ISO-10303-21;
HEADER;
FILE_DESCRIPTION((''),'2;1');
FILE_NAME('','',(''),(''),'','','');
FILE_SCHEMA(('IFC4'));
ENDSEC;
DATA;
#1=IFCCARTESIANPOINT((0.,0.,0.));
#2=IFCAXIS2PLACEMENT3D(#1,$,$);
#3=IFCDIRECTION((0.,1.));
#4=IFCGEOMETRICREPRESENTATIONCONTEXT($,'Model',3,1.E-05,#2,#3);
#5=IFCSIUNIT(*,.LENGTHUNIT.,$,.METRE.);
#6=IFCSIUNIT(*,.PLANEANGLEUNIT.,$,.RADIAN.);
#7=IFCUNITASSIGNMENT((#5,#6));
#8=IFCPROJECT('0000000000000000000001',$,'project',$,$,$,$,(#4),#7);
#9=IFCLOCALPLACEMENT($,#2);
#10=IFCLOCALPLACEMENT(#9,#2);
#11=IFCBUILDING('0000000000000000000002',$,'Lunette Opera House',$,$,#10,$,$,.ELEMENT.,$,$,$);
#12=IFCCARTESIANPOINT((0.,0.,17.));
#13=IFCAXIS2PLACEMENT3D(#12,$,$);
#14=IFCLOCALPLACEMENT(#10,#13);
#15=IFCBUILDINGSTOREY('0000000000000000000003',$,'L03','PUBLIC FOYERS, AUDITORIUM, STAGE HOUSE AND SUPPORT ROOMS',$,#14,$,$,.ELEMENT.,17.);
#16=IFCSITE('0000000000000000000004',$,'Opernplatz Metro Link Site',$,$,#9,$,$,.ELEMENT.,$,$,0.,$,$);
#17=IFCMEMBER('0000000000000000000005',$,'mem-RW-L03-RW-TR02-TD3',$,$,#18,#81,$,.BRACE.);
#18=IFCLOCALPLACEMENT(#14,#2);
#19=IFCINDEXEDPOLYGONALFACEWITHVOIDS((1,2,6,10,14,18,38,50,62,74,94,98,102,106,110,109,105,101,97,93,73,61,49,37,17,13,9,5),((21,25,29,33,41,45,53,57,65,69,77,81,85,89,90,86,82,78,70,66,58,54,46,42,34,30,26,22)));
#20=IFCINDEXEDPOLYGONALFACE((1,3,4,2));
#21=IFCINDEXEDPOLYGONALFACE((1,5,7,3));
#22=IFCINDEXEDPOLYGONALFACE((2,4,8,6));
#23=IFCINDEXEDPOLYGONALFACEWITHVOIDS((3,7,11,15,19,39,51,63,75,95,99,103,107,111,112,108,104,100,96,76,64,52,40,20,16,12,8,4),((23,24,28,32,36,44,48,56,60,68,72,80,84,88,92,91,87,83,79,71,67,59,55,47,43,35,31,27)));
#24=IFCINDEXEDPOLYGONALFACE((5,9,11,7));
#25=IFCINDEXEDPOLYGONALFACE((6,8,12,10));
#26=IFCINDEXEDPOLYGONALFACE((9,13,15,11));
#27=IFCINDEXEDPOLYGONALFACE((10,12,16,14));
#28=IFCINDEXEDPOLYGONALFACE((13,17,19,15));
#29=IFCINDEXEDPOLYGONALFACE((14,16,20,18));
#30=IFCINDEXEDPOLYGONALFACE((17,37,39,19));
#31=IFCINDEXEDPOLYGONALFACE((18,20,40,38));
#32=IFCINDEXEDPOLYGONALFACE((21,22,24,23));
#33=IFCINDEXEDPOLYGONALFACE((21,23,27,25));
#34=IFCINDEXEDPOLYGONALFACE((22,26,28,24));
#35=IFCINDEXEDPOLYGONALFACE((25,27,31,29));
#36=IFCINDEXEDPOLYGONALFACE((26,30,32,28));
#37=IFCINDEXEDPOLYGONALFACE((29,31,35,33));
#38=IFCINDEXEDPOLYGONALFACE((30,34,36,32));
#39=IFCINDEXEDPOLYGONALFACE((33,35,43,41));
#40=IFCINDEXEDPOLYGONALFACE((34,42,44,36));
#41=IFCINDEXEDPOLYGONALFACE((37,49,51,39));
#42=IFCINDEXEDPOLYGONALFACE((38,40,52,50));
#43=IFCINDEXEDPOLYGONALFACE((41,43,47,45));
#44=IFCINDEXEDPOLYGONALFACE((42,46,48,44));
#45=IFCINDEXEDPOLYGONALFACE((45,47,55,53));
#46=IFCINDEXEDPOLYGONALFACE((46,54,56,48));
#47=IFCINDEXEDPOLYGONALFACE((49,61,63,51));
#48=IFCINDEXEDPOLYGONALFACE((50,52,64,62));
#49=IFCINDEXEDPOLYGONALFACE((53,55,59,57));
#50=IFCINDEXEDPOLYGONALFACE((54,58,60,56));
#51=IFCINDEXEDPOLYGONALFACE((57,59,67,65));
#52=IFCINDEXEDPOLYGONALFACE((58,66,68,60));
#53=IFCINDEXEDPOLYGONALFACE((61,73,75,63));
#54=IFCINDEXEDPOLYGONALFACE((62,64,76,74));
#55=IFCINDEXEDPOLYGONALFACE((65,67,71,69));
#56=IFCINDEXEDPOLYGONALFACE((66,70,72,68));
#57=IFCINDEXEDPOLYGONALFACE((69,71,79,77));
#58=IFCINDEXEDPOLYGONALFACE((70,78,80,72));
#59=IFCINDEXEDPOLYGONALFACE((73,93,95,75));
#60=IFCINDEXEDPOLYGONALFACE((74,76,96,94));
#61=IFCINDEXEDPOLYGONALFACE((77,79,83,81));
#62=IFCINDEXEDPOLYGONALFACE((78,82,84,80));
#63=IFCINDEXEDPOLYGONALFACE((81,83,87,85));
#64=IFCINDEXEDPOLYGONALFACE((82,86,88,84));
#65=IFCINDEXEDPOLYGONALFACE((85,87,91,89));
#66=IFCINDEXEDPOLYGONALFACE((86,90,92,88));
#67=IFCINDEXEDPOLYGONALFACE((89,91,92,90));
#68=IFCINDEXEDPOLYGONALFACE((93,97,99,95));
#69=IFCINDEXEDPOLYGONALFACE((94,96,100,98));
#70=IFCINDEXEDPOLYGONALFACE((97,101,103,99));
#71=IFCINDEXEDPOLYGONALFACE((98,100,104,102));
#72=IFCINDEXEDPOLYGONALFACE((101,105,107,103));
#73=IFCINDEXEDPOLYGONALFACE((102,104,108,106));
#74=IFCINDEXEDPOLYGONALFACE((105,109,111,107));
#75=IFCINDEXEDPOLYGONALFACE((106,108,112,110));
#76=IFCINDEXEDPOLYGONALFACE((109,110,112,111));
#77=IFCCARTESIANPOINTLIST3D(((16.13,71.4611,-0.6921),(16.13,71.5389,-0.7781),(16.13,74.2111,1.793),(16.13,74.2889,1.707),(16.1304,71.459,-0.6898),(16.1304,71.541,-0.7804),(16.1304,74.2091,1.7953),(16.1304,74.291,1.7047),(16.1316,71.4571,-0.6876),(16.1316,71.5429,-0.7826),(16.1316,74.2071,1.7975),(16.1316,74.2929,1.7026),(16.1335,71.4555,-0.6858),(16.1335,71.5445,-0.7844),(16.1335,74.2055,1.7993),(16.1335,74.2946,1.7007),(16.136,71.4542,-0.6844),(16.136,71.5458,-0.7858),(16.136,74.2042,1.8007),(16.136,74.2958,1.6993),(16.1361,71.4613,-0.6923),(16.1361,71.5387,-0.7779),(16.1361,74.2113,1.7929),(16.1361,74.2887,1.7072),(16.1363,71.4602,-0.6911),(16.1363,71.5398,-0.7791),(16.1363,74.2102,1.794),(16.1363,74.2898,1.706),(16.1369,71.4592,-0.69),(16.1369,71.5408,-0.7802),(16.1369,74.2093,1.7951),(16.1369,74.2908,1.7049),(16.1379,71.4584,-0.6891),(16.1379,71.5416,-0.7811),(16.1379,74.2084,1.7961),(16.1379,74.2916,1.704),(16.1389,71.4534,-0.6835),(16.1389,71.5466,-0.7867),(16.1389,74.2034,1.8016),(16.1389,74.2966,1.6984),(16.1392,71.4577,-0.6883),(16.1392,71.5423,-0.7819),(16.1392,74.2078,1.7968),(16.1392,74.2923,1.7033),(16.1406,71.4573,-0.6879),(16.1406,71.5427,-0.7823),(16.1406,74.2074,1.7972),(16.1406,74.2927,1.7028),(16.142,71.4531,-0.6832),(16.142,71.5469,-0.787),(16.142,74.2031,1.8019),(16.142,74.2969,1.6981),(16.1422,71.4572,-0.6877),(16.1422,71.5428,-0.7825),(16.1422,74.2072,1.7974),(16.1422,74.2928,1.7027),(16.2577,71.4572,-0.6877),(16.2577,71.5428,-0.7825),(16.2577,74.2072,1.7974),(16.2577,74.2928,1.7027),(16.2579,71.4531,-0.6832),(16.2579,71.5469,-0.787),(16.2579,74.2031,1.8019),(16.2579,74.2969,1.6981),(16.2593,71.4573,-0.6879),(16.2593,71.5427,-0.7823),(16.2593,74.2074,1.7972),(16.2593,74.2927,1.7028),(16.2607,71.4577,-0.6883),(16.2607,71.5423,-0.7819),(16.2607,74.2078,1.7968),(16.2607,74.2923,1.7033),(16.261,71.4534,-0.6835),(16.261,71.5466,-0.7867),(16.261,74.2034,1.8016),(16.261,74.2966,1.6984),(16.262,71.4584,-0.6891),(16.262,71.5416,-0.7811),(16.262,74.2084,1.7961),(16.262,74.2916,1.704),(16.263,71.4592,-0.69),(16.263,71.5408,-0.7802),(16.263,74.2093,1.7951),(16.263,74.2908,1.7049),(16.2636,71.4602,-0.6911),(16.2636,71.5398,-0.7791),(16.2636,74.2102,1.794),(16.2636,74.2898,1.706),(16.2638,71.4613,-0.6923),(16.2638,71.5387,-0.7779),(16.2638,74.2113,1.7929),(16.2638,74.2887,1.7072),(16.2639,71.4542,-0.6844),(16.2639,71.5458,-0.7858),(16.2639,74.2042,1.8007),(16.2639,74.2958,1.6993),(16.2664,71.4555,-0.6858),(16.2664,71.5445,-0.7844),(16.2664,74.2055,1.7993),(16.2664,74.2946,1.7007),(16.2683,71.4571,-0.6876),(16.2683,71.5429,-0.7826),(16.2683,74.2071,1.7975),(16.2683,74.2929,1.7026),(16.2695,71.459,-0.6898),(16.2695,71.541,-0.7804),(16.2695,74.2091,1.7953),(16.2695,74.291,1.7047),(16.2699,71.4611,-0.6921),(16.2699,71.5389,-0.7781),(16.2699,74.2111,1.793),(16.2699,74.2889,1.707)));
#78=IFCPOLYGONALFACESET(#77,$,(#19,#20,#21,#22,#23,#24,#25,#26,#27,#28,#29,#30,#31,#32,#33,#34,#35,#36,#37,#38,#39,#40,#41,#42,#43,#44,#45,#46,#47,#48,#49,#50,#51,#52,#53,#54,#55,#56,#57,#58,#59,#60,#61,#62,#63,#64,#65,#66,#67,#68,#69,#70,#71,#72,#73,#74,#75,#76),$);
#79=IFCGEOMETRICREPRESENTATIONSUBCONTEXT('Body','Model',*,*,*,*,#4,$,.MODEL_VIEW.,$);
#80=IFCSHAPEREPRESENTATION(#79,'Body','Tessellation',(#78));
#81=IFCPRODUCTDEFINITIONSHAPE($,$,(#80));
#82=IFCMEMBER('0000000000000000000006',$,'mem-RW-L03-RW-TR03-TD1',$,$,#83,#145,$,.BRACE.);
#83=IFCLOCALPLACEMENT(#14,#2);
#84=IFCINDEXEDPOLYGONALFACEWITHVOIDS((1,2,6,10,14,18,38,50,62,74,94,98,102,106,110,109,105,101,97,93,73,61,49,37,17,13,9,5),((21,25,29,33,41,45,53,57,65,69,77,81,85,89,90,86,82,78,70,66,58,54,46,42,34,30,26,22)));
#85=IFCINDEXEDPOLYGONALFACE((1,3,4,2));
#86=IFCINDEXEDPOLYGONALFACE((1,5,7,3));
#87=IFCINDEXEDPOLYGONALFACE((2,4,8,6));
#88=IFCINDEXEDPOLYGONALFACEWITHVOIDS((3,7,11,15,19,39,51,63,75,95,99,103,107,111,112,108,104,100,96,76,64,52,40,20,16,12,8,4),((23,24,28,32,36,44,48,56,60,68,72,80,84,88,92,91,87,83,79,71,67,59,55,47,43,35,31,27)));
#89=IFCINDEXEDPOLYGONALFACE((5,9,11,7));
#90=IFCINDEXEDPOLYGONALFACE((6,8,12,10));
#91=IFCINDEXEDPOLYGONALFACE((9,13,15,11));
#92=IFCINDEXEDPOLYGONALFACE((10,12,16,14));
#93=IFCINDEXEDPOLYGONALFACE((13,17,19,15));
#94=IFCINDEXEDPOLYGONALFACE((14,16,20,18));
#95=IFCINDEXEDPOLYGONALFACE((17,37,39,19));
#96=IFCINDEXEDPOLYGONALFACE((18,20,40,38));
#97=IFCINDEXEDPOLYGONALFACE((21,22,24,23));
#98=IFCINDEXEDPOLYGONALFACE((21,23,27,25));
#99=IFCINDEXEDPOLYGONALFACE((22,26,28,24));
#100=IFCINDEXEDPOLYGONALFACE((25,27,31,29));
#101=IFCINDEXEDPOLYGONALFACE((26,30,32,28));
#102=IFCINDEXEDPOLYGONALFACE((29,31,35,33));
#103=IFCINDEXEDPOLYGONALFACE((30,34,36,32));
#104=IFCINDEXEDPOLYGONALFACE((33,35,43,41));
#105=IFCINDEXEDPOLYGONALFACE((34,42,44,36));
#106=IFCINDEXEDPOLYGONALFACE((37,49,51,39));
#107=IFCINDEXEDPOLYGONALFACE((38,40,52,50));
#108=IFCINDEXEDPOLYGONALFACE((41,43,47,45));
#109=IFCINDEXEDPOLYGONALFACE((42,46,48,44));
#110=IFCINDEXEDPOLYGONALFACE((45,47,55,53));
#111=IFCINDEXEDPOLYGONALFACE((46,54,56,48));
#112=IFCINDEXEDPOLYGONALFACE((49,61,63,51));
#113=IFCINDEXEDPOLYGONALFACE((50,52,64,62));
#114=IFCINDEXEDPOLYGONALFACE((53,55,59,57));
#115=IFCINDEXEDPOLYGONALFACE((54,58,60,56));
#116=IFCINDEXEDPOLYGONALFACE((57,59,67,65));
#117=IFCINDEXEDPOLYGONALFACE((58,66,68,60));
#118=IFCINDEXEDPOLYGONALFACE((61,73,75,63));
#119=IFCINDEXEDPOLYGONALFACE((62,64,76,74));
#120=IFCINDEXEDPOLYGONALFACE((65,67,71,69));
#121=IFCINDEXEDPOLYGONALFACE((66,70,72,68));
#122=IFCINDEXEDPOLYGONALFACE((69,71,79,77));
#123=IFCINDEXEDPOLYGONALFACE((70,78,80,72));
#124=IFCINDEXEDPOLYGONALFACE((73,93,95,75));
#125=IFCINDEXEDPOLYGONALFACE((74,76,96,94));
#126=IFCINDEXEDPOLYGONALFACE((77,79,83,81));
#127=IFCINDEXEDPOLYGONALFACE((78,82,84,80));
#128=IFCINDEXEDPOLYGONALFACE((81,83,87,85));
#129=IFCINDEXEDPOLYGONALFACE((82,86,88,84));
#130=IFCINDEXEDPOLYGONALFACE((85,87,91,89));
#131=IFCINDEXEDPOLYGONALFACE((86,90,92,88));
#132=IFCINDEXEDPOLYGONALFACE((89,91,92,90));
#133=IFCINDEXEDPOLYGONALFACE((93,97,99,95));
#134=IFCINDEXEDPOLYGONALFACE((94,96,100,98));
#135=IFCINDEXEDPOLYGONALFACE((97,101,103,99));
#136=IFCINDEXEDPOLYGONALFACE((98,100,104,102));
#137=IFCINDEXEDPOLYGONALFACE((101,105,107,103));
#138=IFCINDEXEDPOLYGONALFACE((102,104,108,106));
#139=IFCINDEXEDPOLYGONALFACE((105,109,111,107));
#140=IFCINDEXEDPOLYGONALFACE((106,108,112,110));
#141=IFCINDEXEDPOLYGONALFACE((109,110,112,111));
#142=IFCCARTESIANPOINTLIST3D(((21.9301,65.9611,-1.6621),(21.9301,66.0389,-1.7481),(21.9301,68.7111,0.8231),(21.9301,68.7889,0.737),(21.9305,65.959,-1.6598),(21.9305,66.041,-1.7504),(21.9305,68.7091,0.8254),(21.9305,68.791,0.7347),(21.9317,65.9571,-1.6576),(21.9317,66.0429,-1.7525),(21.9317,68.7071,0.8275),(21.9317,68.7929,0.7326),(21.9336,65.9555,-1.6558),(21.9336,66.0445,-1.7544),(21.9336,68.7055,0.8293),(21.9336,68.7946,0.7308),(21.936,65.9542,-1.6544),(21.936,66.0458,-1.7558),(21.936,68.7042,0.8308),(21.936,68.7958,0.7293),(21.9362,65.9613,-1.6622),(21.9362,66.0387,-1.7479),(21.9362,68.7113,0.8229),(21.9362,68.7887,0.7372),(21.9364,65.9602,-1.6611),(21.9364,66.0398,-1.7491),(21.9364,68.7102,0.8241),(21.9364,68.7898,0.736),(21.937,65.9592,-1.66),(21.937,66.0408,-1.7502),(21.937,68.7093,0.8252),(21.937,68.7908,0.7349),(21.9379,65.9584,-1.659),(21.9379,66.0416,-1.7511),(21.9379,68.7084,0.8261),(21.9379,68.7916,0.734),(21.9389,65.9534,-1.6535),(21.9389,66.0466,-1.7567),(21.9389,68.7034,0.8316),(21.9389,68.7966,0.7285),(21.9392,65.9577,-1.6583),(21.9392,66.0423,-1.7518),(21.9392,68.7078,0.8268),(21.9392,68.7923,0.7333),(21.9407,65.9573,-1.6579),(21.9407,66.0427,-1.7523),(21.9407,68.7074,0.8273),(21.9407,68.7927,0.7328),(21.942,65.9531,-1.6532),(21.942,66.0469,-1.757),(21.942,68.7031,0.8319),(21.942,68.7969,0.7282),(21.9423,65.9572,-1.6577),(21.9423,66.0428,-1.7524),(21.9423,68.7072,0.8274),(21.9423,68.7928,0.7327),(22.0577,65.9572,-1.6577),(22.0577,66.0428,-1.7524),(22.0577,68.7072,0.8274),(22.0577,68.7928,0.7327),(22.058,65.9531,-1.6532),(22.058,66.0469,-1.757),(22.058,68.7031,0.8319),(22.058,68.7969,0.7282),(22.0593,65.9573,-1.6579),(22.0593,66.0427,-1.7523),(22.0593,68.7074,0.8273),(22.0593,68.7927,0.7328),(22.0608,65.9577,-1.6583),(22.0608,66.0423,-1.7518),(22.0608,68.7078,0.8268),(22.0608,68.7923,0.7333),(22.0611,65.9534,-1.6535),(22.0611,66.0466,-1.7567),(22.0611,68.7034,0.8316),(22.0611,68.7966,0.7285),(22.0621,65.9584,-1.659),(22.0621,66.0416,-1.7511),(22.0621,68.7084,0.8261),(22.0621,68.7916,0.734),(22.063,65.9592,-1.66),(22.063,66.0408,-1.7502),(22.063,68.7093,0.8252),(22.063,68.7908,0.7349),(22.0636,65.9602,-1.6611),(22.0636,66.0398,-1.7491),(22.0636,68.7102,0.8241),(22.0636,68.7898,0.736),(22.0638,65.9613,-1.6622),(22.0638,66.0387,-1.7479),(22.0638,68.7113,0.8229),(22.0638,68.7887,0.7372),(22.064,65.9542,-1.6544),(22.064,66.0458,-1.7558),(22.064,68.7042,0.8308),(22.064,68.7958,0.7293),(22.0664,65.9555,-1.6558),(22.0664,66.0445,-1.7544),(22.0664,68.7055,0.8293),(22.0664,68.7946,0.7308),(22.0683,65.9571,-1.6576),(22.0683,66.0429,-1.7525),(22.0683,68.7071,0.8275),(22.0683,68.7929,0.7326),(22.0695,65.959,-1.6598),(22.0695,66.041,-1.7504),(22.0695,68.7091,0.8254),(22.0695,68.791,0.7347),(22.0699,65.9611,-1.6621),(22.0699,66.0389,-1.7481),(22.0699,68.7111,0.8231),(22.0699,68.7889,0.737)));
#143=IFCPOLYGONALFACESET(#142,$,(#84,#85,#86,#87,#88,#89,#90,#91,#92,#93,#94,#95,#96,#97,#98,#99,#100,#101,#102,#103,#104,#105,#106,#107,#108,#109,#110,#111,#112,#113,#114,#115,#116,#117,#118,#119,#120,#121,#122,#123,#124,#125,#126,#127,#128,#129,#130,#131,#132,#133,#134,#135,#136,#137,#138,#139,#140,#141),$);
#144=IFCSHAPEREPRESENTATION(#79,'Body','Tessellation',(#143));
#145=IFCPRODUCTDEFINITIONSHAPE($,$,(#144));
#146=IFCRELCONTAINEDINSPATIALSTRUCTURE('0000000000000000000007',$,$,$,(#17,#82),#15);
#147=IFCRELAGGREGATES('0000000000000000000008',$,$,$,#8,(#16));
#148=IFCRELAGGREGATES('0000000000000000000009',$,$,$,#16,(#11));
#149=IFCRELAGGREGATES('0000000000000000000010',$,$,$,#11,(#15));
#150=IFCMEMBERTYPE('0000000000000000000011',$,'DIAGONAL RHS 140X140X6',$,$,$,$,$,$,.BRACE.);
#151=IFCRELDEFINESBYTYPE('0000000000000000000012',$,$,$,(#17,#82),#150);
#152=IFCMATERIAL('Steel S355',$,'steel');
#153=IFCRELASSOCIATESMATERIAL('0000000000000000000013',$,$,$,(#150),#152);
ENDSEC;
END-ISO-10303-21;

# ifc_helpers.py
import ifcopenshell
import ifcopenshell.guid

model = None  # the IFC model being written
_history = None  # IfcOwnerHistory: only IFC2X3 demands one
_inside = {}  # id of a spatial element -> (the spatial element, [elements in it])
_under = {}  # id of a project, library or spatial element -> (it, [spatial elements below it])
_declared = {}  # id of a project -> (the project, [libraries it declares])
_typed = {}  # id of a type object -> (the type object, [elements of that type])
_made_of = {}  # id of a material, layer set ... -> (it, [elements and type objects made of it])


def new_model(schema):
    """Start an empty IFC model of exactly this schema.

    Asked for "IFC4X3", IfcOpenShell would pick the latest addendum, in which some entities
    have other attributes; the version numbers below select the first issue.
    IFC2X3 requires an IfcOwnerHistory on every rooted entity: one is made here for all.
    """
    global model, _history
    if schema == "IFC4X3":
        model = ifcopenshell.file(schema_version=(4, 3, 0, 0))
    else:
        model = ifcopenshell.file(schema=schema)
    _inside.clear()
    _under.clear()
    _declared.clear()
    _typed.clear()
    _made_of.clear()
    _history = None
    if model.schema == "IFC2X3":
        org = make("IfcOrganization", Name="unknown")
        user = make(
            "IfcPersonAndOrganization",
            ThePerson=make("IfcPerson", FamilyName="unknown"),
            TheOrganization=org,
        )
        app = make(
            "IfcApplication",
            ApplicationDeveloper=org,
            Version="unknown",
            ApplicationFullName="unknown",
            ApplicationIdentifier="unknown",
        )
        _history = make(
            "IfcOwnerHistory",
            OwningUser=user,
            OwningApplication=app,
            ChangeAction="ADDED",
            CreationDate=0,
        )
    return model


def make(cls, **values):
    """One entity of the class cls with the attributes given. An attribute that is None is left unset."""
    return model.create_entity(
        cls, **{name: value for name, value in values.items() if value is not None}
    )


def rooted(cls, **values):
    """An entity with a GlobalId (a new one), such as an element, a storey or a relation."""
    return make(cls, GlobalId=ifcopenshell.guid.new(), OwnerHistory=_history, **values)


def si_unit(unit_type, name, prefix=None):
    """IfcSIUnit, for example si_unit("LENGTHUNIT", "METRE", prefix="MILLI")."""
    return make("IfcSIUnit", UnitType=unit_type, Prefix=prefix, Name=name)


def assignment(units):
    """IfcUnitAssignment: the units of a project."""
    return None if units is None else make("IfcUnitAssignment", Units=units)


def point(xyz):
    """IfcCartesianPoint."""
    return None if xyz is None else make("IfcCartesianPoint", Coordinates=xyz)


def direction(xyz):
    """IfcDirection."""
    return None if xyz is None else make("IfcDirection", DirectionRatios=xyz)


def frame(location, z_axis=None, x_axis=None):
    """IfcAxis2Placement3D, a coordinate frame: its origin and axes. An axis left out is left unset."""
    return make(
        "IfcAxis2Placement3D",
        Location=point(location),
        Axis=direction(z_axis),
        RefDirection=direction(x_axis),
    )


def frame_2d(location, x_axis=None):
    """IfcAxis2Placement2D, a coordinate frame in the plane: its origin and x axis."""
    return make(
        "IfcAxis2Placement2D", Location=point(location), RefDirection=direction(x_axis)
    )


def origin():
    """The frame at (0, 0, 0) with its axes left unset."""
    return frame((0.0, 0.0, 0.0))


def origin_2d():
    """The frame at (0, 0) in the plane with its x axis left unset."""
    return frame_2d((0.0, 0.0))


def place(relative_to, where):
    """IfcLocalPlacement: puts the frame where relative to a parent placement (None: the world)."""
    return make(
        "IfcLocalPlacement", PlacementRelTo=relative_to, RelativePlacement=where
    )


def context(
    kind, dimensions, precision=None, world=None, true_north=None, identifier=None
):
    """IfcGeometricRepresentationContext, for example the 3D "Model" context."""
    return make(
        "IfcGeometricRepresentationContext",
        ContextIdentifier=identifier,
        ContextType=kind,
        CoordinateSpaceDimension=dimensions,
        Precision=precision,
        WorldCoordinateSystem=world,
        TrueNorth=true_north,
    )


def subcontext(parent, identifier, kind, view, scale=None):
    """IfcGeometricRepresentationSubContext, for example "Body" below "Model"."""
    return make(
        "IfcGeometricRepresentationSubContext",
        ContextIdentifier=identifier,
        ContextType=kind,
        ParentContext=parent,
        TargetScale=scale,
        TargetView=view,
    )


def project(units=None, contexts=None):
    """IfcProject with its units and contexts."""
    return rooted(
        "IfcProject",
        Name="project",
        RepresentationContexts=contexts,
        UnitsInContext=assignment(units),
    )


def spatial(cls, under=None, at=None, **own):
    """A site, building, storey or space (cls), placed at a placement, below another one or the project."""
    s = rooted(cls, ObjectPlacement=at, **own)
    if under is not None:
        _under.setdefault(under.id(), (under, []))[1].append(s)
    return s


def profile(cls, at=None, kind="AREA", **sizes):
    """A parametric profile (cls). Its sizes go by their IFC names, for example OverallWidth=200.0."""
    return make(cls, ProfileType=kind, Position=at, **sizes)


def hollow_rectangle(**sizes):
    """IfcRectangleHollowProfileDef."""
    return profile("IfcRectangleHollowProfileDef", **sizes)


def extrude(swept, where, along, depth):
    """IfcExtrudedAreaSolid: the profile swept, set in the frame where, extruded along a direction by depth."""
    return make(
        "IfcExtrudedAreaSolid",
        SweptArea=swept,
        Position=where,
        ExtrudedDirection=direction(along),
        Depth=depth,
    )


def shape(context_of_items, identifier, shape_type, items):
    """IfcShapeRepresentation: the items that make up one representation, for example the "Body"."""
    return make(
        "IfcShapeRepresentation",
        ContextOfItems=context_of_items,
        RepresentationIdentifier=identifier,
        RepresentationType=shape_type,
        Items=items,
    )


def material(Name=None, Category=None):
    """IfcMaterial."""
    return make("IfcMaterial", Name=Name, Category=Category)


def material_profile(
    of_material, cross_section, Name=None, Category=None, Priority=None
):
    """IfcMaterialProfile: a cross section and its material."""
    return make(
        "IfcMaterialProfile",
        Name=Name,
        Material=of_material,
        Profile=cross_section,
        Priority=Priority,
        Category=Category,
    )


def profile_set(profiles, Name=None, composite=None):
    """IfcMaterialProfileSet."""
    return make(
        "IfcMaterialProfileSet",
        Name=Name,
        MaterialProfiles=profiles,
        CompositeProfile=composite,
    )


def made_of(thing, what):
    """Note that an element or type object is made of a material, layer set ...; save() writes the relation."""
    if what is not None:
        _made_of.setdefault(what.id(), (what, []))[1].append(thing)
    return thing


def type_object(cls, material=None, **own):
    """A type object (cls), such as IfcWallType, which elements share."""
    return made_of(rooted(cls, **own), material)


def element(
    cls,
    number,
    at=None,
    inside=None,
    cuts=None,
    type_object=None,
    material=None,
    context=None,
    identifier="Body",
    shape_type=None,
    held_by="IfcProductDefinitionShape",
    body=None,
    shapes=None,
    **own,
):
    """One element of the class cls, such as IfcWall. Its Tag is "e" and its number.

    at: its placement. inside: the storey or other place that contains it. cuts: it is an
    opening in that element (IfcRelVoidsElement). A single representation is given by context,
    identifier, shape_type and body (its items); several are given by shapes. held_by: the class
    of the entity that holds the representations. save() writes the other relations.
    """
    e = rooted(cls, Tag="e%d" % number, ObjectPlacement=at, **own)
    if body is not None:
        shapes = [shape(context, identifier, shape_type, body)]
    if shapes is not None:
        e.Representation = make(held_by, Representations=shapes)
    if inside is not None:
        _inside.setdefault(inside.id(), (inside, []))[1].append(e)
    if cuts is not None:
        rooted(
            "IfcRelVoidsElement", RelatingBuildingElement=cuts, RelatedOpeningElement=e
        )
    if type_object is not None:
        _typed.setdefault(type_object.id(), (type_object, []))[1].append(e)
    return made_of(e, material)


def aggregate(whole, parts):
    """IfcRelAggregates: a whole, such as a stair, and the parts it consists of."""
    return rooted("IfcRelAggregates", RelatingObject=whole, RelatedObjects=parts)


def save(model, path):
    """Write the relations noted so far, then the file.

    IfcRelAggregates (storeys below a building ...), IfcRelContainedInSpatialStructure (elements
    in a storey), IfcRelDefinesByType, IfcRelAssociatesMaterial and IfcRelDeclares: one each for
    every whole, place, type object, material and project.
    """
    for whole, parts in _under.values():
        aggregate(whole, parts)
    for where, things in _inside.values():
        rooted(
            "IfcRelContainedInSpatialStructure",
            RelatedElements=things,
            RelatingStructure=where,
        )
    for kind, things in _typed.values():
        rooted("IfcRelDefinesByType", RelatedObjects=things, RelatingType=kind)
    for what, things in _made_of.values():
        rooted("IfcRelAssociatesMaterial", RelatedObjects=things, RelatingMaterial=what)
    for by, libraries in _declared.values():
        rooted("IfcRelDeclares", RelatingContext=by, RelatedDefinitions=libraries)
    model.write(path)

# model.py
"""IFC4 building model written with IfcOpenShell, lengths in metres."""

from ifc_helpers import new_model, si_unit, direction, frame, origin, origin_2d, place, context, subcontext, project, spatial, hollow_rectangle, extrude, material, material_profile, profile_set, type_object, element, save


model = new_model("IFC4")

# Units and contexts
model_context = context("Model", 3, precision=1e-05, world=origin(), true_north=direction((0.0, 1.0)))
body_context = subcontext(model_context, "Body", "Model", "MODEL_VIEW")
ifc_project = project(units=[si_unit("LENGTHUNIT", "METRE"), si_unit("PLANEANGLEUNIT", "RADIAN")], contexts=[model_context])

# Site, building, storey
site_placement = place(None, origin())
site = spatial("IfcSite", under=ifc_project, at=site_placement, Name="Opernplatz Metro Link Site", CompositionType="ELEMENT", RefElevation=0.0)
building_placement = place(site_placement, origin())
building = spatial("IfcBuilding", under=site, at=building_placement, Name="Lunette Opera House", CompositionType="ELEMENT")
storey_placement = place(building_placement, frame((0.0, 0.0, 17.0)))
storey = spatial("IfcBuildingStorey", under=building, at=storey_placement, Name="L03", Description="PUBLIC FOYERS, AUDITORIUM, STAGE HOUSE AND SUPPORT ROOMS", CompositionType="ELEMENT", Elevation=17.0)

# Members
ifc_material_1 = material(Name="Steel S355", Category="steel")
ifc_material_profile_1 = material_profile(ifc_material_1, hollow_rectangle(XDim=0.1399, YDim=0.1399, WallThickness=0.0061, InnerFilletRadius=0.0061, OuterFilletRadius=0.012, at=origin_2d()), Name="RHS 140X140X6")
ifc_profile_set_1 = profile_set([ifc_material_profile_1], Name="Steel S355")
member_type_1 = type_object("IfcMemberType", Name="DIAGONAL RHS 140X140X6", PredefinedType="BRACE", material=ifc_profile_set_1)
for number, where, z_axis, x_axis, name in (
    (1, (16.2, 71.5, -0.7351), (0.0, 0.741937, 0.67047), (-1.0, 0.0, 0.0), "mem-RW-L03-RW-TR02-TD3"),
    (2, (22.0, 66.0, -1.7051), (0.0, 0.741937, 0.67047), (-1.0, 0.0, 0.0), "mem-RW-L03-RW-TR03-TD1"),
):
    element("IfcMember", number, at=place(storey_placement, frame(where, z_axis=z_axis, x_axis=x_axis)), inside=storey, type_object=member_type_1, Name=name, PredefinedType="BRACE", context=body_context, shape_type="SweptSolid", body=[
        extrude(hollow_rectangle(XDim=0.1399, YDim=0.1399, WallThickness=0.0061, InnerFilletRadius=0.0061, OuterFilletRadius=0.012, at=origin_2d()), origin(), (0.0, 0.0, 1.0), 3.7065),
    ])

save(model, "model.ifc")
